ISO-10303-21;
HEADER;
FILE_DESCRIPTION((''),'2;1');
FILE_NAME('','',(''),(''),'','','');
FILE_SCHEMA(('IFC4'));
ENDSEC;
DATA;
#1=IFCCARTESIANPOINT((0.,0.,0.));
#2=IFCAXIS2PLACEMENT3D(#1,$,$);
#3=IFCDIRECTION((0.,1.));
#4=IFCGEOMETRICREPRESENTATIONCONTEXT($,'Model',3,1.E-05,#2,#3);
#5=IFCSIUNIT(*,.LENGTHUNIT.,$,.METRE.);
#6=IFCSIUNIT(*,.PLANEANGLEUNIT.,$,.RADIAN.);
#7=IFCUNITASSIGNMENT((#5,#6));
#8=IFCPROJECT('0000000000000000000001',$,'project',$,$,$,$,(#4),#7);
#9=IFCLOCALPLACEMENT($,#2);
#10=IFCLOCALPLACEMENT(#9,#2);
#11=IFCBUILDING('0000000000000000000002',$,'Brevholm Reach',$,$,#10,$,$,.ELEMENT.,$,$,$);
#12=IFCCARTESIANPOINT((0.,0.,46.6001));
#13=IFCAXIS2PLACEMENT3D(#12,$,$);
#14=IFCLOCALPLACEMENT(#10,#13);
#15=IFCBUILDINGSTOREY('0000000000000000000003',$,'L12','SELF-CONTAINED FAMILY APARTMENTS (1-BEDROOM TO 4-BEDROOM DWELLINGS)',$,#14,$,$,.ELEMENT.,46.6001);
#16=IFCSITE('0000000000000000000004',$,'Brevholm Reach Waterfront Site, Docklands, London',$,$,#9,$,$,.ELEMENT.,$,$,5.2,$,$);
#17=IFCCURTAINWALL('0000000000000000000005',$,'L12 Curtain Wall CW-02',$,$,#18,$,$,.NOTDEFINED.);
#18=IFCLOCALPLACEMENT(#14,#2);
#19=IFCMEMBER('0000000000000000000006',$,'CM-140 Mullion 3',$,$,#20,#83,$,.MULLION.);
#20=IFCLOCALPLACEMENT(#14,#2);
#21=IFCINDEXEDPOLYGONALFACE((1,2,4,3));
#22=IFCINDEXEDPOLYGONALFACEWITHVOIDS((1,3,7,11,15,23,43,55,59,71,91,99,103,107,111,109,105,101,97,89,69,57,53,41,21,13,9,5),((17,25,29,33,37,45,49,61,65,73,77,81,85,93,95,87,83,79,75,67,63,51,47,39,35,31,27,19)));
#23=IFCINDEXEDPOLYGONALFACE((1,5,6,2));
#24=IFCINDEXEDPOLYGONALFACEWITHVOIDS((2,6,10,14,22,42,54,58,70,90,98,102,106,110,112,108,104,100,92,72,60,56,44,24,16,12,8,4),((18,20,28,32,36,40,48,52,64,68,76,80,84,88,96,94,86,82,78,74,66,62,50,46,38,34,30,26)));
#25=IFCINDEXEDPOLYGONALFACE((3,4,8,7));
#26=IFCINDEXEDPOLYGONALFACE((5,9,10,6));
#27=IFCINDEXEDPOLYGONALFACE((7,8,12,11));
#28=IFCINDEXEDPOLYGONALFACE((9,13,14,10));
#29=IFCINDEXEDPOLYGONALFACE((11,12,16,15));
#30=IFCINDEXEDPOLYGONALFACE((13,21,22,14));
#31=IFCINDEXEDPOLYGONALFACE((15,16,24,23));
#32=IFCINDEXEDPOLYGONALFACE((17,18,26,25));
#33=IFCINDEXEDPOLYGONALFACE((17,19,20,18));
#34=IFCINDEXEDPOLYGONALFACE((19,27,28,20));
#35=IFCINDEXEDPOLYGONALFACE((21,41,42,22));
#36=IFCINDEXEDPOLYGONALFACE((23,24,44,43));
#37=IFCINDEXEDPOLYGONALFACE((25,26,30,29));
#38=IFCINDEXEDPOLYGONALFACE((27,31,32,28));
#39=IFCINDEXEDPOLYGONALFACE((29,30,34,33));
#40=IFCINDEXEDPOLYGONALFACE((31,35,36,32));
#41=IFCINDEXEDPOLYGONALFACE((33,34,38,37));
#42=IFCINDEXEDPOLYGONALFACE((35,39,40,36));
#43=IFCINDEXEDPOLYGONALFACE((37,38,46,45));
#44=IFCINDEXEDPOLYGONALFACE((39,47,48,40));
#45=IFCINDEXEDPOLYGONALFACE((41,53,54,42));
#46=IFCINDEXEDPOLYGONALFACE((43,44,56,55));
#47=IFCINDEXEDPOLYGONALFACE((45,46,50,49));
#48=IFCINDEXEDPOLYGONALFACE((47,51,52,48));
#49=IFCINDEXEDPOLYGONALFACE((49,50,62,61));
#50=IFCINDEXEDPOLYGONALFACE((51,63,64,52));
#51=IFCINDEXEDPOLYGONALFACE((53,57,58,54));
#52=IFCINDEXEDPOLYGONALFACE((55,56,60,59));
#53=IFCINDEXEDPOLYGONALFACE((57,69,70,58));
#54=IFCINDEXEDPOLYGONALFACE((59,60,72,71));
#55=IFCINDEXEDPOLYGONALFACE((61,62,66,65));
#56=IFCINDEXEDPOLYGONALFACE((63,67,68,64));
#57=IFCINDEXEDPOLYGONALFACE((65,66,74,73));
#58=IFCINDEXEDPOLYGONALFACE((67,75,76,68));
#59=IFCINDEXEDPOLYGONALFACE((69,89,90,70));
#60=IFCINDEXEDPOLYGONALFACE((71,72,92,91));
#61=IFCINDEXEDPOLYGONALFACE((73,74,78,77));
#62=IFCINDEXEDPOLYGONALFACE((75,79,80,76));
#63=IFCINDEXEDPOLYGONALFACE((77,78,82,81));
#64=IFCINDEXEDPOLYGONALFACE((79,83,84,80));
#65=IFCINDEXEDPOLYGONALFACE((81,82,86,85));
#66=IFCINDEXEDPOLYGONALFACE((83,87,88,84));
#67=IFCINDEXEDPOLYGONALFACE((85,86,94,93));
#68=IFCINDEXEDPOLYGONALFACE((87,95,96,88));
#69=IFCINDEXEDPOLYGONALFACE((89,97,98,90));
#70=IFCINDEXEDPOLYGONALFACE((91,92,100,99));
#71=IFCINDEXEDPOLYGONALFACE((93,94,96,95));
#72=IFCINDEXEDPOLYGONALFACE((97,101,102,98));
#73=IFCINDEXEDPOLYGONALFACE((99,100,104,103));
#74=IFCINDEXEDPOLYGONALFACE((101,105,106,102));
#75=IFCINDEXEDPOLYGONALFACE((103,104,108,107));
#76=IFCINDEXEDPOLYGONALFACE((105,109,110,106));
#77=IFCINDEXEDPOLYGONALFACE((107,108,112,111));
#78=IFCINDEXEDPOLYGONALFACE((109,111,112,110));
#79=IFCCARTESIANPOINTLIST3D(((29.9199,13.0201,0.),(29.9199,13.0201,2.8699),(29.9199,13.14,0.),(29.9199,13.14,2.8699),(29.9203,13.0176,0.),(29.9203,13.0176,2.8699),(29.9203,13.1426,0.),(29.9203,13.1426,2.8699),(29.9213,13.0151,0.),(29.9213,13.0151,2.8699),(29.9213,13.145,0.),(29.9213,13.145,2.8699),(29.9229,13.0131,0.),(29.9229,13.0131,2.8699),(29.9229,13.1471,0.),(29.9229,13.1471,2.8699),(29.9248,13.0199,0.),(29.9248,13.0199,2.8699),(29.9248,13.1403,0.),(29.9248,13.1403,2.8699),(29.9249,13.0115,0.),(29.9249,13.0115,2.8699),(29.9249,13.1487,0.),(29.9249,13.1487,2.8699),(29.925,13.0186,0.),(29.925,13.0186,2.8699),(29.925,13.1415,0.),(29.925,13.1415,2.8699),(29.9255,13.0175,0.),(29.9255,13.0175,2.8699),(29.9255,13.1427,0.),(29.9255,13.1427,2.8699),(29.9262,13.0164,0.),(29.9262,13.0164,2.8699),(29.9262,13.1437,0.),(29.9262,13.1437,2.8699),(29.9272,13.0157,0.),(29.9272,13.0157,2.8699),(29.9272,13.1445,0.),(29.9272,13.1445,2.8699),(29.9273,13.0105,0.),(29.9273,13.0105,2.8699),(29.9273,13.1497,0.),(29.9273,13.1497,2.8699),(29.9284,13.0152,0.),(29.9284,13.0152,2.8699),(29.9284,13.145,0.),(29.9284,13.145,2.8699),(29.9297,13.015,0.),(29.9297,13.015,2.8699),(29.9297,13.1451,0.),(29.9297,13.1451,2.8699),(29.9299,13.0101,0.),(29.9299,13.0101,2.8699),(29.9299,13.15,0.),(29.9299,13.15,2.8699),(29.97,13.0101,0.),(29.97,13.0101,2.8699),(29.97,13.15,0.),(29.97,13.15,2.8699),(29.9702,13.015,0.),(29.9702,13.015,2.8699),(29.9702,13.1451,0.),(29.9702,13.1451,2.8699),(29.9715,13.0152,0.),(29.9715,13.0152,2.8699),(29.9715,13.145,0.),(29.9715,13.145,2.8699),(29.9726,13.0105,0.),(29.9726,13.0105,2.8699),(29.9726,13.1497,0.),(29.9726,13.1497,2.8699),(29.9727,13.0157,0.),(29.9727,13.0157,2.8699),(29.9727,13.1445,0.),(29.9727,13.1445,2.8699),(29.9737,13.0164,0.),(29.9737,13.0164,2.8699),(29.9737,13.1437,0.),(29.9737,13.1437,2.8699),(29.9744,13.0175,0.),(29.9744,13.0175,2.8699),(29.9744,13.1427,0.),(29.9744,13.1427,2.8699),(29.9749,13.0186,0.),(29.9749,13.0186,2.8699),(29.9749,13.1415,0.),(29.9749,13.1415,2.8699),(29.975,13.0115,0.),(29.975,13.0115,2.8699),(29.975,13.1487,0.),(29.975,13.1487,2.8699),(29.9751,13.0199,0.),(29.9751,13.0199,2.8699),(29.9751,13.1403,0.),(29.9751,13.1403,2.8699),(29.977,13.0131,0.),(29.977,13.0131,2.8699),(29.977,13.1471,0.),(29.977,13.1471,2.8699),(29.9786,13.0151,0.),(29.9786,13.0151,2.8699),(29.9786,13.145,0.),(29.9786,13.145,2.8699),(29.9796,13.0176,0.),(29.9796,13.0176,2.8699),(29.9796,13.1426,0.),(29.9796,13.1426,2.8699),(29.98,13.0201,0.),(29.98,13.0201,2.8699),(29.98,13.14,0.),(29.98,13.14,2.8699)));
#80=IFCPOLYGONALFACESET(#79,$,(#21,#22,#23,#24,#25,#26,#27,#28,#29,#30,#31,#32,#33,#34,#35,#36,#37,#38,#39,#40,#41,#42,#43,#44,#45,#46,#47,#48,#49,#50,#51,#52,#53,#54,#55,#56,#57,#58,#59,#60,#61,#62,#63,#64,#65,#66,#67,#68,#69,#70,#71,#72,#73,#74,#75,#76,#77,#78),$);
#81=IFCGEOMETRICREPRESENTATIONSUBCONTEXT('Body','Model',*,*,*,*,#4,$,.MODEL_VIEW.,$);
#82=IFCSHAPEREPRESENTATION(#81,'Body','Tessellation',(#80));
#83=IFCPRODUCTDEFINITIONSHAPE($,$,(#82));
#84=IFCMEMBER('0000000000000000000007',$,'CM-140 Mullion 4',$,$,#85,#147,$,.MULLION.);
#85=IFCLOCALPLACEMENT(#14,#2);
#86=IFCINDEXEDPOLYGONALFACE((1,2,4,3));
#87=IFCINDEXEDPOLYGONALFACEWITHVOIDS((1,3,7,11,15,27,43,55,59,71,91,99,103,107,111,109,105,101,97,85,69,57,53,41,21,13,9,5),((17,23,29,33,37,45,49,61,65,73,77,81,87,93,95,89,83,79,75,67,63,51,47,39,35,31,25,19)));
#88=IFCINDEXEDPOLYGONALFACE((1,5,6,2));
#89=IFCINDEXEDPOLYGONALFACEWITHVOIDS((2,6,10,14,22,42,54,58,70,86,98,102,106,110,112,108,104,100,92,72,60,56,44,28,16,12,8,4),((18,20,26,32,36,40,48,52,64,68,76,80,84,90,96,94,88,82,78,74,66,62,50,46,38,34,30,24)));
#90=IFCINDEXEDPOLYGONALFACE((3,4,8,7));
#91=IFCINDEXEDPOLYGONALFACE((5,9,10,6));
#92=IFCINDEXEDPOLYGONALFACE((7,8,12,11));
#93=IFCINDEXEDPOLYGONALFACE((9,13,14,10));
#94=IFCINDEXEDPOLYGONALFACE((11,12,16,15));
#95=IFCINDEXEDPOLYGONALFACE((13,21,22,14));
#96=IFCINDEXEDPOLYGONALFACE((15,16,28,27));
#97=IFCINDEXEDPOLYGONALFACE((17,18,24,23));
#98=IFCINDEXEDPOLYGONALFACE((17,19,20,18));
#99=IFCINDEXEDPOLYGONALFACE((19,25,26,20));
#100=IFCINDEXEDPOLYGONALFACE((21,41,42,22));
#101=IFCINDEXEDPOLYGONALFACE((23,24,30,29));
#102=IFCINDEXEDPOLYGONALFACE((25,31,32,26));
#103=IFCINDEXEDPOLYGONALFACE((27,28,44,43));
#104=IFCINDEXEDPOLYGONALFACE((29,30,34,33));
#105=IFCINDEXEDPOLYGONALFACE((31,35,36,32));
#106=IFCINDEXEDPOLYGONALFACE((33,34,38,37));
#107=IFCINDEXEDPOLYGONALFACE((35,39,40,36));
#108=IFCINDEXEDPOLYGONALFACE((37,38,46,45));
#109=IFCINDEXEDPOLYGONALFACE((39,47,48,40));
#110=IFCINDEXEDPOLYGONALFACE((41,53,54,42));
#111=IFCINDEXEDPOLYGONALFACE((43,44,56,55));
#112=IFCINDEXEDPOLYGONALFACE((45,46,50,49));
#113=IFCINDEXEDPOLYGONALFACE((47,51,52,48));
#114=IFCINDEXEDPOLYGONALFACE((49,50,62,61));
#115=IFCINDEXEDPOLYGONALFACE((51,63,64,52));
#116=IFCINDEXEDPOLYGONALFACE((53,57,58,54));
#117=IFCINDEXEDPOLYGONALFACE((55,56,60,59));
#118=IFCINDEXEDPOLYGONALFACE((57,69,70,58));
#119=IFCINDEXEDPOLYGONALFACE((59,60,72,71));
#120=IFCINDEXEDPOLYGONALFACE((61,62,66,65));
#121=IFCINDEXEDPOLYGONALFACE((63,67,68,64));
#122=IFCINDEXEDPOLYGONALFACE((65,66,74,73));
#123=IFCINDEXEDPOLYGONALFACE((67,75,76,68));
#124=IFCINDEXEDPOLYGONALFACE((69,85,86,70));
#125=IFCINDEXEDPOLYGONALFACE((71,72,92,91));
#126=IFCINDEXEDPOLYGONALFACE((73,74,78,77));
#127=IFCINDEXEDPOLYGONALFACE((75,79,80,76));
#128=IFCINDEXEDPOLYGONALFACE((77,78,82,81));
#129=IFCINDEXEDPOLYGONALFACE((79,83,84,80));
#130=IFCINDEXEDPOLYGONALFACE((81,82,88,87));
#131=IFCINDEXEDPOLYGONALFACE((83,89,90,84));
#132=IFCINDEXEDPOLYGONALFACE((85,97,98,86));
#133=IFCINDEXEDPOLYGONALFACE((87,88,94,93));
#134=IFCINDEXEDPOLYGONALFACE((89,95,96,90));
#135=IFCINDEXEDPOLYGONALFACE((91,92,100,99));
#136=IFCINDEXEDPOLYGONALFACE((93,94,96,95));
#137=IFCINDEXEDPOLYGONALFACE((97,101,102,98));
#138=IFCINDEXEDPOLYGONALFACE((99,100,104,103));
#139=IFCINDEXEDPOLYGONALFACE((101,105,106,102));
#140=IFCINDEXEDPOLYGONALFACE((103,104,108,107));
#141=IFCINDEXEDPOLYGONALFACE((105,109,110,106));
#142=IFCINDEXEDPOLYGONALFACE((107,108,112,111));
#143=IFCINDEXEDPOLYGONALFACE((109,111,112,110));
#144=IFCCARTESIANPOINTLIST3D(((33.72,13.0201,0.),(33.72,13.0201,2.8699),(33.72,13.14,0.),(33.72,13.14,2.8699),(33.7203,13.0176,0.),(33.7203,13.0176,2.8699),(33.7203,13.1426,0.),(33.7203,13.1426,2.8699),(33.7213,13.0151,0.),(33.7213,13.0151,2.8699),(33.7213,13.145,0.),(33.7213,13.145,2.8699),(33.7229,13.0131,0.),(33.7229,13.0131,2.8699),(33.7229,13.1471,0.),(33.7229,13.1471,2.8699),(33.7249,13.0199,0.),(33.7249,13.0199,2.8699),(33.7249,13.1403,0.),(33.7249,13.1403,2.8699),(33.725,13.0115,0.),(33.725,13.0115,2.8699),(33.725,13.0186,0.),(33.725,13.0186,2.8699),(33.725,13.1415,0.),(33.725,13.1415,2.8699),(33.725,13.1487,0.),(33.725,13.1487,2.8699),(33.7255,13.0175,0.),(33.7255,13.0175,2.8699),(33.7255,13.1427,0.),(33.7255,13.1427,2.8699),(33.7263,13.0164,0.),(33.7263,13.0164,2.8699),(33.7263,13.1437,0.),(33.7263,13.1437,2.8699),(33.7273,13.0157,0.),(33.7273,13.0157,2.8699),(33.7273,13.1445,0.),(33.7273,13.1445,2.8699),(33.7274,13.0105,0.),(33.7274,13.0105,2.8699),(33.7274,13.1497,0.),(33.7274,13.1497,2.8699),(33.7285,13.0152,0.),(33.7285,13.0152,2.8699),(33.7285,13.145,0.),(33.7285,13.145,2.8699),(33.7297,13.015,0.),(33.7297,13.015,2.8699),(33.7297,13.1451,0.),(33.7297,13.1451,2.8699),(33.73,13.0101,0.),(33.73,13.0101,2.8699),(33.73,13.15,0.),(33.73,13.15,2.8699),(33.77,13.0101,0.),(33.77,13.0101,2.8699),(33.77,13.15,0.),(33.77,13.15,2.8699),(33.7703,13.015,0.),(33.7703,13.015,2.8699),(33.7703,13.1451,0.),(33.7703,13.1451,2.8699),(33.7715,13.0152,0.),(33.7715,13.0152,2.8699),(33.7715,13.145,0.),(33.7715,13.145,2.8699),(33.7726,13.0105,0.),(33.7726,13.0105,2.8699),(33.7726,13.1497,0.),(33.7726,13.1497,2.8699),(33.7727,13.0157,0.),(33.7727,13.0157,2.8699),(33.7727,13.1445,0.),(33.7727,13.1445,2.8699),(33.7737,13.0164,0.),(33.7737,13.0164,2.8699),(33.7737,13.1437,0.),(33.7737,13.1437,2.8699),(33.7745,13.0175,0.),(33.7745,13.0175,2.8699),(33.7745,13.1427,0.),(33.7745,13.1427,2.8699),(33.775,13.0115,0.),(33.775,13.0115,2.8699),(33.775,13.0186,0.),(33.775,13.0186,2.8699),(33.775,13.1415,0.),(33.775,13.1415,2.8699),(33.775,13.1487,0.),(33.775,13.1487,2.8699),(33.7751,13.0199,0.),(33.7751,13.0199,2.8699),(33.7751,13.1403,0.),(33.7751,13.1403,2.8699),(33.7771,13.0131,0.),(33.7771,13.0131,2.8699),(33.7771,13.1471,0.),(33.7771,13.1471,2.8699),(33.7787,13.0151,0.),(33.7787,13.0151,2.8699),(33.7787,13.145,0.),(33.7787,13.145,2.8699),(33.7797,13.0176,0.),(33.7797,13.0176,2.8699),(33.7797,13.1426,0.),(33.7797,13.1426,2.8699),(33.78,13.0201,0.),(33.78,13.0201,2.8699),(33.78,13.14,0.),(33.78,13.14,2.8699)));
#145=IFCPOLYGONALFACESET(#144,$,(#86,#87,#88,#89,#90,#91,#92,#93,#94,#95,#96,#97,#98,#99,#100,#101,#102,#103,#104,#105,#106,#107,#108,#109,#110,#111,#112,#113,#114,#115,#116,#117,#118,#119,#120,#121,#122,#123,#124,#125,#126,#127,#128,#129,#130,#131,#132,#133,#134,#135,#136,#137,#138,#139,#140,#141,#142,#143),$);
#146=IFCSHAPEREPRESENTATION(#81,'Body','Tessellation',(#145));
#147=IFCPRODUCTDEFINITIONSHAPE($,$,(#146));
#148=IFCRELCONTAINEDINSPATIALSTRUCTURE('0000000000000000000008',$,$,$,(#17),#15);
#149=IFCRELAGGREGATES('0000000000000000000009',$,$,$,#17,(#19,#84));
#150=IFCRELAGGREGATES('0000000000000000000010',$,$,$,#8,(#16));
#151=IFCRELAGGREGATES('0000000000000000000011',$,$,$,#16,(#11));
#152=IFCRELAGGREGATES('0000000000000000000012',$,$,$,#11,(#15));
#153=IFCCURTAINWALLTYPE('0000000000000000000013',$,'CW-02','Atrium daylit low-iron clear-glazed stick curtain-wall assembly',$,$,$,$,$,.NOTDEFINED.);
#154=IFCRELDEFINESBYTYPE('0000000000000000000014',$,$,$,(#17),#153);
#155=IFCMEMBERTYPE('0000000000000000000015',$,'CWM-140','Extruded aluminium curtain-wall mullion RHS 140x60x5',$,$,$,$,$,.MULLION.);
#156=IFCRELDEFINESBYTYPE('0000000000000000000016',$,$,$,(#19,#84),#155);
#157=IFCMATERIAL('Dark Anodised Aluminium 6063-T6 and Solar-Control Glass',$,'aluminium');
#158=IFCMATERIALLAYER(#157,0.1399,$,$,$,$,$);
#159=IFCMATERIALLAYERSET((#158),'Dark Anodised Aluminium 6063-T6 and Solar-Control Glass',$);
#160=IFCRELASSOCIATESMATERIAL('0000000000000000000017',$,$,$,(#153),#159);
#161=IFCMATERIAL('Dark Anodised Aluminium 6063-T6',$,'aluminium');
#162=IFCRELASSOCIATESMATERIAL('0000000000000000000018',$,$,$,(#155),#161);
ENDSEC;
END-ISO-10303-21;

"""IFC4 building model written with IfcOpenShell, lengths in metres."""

from ifc_helpers import new_model, si_unit, direction, frame, origin, origin_2d, place, context, subcontext, project, spatial, hollow_rectangle, extrude, material, layer, layer_set, material_profile, profile_set, type_object, element, aggregate, save


model = new_model("IFC4")

# Units and contexts
model_context = context("Model", 3, precision=1e-05, world=origin(), true_north=direction((0.0, 1.0)))
body_context = subcontext(model_context, "Body", "Model", "MODEL_VIEW")
ifc_project = project(units=[si_unit("LENGTHUNIT", "METRE"), si_unit("PLANEANGLEUNIT", "RADIAN")], contexts=[model_context])

# Site, building, storey
site_placement = place(None, origin())
site = spatial("IfcSite", under=ifc_project, at=site_placement, Name="Brevholm Reach Waterfront Site, Docklands, London", CompositionType="ELEMENT", RefElevation=5.2)
building_placement = place(site_placement, origin())
building = spatial("IfcBuilding", under=site, at=building_placement, Name="Brevholm Reach", CompositionType="ELEMENT")
storey_placement = place(building_placement, frame((0.0, 0.0, 46.6001)))
storey = spatial("IfcBuildingStorey", under=building, at=storey_placement, Name="L12", Description="SELF-CONTAINED FAMILY APARTMENTS (1-BEDROOM TO 4-BEDROOM DWELLINGS)", CompositionType="ELEMENT", Elevation=46.6001)

# Curtain wall, members
ifc_material_1 = material(Name="Dark Anodised Aluminium 6063-T6 and Solar-Control Glass", Category="aluminium")
ifc_layer_1 = layer(ifc_material_1, 0.1399)
ifc_layer_set_1 = layer_set([ifc_layer_1], Name="Dark Anodised Aluminium 6063-T6 and Solar-Control Glass")
curtain_wall_type = type_object("IfcCurtainWallType", Name="CW-02", Description="Atrium daylit low-iron clear-glazed stick curtain-wall assembly", PredefinedType="NOTDEFINED", material=ifc_layer_set_1)
curtain_wall_placement = place(storey_placement, origin())
curtain_wall = element("IfcCurtainWall", 1, at=curtain_wall_placement, inside=storey, type_object=curtain_wall_type, Name="L12 Curtain Wall CW-02", PredefinedType="NOTDEFINED")
ifc_material_2 = material(Name="Dark Anodised Aluminium 6063-T6", Category="aluminium")
ifc_material_profile_1 = material_profile(ifc_material_2, hollow_rectangle(XDim=0.0601, YDim=0.1399, WallThickness=0.0049, InnerFilletRadius=0.0049, OuterFilletRadius=0.01, at=origin_2d()), Name="RHS 140x60x5")
ifc_profile_set_1 = profile_set([ifc_material_profile_1], Name="Dark Anodised Aluminium 6063-T6")
member_type_1 = type_object("IfcMemberType", Name="CWM-140", Description="Extruded aluminium curtain-wall mullion RHS 140x60x5", PredefinedType="MULLION", material=ifc_profile_set_1)
member_1_placement = place(storey_placement, frame((29.95, 13.0801, 0.0), z_axis=(0.0, 0.0, 1.0), x_axis=(1.0, 0.0, 0.0)))
member_1 = element("IfcMember", 2, at=member_1_placement, type_object=member_type_1, Name="CM-140 Mullion 3", PredefinedType="MULLION", context=body_context, shape_type="SweptSolid", body=[
    extrude(hollow_rectangle(XDim=0.0601, YDim=0.1399, WallThickness=0.0049, InnerFilletRadius=0.0049, OuterFilletRadius=0.01, at=origin_2d()), origin(), (0.0, 0.0, 1.0), 2.8699),
])
member_2_placement = place(storey_placement, frame((33.75, 13.0801, 0.0), z_axis=(0.0, 0.0, 1.0), x_axis=(1.0, 0.0, 0.0)))
member_2 = element("IfcMember", 3, at=member_2_placement, type_object=member_type_1, Name="CM-140 Mullion 4", PredefinedType="MULLION", context=body_context, shape_type="SweptSolid", body=[
    extrude(hollow_rectangle(XDim=0.0601, YDim=0.1399, WallThickness=0.0049, InnerFilletRadius=0.0049, OuterFilletRadius=0.01, at=origin_2d()), origin(), (0.0, 0.0, 1.0), 2.8699),
])
aggregate(curtain_wall, [member_1, member_2])

save(model, "model.ifc")
